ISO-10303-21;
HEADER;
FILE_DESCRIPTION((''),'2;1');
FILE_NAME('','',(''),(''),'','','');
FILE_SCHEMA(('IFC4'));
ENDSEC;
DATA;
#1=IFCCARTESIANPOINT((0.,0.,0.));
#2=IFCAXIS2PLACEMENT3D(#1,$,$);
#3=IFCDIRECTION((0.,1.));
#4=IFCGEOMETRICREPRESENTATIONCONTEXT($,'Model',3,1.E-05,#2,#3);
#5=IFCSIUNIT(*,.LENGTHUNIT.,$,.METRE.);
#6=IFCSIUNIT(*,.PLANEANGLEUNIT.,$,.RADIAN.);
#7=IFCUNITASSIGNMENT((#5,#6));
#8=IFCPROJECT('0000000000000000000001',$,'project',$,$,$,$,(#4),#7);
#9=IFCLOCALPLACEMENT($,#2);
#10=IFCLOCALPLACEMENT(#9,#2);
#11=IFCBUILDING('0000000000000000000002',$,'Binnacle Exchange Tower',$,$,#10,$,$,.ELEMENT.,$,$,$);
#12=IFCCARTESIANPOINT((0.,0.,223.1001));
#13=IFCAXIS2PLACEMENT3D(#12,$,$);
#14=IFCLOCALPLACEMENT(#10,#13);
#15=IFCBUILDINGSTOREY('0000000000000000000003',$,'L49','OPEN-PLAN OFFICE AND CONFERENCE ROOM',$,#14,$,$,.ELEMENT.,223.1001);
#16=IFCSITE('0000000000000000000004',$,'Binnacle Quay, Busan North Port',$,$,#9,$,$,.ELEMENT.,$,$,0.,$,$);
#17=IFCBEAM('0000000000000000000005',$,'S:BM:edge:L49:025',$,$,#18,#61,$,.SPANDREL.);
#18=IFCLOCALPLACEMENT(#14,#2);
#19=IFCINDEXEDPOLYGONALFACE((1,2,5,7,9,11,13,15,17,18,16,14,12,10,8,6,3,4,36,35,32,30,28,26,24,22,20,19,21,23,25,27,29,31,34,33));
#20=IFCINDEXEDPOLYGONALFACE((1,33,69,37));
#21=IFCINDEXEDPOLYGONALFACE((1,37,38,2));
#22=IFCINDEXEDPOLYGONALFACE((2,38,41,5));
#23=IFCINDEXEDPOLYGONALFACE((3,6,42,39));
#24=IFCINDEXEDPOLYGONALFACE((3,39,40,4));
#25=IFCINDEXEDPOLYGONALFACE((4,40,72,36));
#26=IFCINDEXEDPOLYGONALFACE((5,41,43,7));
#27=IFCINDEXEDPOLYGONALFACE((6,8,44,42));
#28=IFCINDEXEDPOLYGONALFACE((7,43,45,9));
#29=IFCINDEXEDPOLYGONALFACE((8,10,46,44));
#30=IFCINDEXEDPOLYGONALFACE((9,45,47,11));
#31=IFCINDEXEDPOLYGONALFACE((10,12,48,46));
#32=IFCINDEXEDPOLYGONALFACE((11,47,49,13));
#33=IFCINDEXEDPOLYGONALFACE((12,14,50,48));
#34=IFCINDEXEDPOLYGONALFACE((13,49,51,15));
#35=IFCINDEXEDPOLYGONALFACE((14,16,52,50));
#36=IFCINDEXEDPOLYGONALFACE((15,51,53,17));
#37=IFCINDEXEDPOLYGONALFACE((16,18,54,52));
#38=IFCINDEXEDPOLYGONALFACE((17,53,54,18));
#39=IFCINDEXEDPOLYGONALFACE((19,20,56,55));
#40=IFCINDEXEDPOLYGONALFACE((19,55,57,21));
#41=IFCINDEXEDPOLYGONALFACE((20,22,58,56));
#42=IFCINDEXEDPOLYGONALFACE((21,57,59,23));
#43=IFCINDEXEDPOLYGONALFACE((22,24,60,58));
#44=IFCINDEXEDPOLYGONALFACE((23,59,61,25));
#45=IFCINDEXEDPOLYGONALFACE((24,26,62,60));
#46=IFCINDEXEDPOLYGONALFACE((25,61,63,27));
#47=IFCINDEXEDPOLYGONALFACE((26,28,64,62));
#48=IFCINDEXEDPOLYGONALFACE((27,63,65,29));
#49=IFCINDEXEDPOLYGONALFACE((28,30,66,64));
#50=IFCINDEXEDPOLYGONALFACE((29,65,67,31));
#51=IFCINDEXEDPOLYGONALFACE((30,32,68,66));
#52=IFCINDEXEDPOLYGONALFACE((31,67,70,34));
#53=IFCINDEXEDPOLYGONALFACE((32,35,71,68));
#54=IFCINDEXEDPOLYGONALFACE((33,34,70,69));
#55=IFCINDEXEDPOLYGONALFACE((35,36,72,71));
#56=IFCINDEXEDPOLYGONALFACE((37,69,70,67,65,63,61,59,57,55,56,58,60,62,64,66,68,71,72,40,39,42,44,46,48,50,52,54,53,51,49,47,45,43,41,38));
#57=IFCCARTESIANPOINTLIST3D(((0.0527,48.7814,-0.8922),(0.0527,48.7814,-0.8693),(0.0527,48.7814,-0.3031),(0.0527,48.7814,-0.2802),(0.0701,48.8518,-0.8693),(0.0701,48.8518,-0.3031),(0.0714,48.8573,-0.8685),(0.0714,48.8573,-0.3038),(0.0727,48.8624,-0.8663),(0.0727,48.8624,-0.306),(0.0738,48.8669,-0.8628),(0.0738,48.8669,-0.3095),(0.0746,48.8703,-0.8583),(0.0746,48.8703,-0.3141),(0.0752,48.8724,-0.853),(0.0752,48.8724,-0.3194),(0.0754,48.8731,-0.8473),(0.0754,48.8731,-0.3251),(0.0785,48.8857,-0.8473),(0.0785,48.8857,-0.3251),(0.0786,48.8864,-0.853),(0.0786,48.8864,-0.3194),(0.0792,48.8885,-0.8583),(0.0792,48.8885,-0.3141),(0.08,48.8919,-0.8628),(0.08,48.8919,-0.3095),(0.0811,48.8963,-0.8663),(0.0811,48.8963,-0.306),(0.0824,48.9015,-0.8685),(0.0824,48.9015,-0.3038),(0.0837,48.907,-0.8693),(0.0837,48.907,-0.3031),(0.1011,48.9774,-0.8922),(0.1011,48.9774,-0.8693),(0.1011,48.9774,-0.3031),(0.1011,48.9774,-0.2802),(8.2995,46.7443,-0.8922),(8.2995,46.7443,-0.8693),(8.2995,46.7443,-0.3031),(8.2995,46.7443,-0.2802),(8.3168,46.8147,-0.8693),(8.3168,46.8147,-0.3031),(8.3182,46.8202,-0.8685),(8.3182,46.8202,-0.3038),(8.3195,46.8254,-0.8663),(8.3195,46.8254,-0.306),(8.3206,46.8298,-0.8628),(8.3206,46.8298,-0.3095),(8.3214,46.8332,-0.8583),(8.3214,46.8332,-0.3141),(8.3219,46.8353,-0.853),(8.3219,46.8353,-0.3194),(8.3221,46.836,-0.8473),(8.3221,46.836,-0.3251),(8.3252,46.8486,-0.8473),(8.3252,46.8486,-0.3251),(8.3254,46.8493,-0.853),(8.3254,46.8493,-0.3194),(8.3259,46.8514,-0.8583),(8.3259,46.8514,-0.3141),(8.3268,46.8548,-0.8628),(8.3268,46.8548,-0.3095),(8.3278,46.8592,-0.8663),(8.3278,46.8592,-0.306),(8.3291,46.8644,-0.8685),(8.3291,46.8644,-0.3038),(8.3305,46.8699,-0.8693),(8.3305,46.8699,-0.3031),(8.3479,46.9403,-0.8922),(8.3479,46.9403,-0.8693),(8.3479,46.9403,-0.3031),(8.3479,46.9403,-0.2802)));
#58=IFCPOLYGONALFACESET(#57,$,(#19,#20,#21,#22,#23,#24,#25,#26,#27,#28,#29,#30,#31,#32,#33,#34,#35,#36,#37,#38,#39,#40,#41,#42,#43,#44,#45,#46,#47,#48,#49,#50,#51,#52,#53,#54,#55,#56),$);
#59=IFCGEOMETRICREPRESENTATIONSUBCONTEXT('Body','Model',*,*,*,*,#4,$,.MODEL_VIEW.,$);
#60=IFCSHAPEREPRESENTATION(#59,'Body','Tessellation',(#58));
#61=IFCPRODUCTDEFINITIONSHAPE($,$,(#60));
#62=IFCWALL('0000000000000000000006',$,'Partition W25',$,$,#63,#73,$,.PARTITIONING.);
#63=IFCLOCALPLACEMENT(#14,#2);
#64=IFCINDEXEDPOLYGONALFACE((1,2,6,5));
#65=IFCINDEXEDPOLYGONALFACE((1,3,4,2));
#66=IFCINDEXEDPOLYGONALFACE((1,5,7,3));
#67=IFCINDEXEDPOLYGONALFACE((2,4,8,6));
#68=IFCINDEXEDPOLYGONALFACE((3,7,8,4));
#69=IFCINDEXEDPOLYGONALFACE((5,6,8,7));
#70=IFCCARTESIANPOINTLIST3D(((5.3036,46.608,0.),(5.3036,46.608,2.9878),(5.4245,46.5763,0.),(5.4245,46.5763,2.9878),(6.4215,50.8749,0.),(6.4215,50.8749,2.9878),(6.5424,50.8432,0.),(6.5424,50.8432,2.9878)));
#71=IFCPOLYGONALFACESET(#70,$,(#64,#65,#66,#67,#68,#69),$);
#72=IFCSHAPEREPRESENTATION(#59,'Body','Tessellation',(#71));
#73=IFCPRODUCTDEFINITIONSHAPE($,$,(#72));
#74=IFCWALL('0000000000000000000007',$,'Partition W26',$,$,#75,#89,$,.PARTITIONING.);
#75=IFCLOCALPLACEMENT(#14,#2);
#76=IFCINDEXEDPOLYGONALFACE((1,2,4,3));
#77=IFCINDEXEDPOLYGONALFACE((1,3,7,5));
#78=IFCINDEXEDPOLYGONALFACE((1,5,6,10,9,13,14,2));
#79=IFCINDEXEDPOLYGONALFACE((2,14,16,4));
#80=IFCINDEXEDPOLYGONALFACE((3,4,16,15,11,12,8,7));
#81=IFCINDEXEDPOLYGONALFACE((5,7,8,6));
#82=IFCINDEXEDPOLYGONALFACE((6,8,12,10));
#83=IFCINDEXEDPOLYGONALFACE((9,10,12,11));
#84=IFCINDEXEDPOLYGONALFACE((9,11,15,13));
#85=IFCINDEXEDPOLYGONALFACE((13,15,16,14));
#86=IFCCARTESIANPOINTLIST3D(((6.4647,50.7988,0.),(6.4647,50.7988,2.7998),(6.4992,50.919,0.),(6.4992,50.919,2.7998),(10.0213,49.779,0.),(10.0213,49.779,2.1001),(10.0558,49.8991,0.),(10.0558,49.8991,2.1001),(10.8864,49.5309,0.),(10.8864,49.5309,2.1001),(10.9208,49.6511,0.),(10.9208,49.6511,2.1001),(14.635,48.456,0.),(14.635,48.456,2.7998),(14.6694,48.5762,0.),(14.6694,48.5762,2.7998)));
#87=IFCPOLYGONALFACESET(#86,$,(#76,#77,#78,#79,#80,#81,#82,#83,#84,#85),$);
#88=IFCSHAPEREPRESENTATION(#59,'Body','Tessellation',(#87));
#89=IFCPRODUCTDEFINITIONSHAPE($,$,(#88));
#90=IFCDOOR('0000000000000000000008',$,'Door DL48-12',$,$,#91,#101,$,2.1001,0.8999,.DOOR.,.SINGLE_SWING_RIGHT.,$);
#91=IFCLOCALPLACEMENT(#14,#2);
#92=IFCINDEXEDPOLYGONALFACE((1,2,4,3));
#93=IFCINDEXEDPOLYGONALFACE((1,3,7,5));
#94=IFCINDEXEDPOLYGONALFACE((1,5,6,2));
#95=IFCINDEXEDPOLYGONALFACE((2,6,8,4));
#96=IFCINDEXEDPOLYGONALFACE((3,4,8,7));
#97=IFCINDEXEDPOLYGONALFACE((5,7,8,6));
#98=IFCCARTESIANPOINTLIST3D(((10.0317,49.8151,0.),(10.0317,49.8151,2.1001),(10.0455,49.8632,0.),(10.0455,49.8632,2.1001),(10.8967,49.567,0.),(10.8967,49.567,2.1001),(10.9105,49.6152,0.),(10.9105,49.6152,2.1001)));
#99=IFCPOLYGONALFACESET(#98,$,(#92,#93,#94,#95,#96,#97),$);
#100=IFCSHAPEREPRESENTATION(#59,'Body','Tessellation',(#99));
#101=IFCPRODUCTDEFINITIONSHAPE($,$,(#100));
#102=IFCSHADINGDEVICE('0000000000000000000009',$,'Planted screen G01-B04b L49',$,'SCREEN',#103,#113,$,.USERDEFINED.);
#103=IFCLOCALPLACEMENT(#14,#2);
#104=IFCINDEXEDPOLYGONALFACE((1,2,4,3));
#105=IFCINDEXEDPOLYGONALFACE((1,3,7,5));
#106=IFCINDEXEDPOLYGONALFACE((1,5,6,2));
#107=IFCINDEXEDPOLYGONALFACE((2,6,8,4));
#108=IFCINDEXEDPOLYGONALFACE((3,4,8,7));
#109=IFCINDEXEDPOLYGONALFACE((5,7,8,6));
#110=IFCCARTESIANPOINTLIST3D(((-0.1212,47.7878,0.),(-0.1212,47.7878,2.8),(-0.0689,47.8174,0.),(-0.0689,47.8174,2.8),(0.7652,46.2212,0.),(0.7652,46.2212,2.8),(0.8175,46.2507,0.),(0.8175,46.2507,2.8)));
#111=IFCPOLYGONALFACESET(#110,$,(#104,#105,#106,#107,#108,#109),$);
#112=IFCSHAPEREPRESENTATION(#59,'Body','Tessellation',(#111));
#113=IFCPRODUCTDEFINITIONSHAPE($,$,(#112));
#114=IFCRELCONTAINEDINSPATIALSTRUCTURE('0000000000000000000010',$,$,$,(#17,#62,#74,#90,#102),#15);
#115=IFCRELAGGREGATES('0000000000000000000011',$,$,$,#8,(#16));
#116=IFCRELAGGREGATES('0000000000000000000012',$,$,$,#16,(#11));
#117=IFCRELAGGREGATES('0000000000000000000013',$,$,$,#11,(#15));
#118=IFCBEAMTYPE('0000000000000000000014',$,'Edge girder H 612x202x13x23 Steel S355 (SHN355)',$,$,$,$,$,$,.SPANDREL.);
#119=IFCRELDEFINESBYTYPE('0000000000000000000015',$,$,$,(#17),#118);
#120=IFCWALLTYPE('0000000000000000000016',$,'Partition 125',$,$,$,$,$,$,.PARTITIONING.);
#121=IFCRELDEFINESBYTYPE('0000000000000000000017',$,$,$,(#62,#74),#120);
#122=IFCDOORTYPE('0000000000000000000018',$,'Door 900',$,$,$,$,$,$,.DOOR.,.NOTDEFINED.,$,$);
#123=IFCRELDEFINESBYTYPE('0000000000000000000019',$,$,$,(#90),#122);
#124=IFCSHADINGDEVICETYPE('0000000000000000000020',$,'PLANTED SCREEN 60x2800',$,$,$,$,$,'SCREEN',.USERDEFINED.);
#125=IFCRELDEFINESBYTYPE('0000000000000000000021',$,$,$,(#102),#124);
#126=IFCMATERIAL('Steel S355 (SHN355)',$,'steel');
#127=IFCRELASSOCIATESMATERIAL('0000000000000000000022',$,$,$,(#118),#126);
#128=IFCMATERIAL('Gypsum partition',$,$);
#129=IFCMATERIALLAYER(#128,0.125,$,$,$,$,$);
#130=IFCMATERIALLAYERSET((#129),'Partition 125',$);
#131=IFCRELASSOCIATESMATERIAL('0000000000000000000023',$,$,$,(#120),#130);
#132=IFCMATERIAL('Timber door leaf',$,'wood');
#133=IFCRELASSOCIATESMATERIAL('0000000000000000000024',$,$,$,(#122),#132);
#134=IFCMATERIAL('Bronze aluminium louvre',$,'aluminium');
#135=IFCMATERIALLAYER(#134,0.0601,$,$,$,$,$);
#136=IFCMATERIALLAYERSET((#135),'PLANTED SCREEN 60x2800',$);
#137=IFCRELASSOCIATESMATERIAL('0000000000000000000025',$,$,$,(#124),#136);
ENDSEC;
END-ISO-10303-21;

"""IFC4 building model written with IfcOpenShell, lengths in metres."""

from ifc_helpers import new_model, si_unit, direction, frame, frame_2d, origin, origin_2d, place, context, subcontext, project, spatial, rectangle, i_section, extrude, material, layer, layer_set, material_profile, profile_set, type_object, element, fill, save


model = new_model("IFC4")

# Units and contexts
model_context = context("Model", 3, precision=1e-05, world=origin(), true_north=direction((0.0, 1.0)))
body_context = subcontext(model_context, "Body", "Model", "MODEL_VIEW")
ifc_project = project(units=[si_unit("LENGTHUNIT", "METRE"), si_unit("PLANEANGLEUNIT", "RADIAN")], contexts=[model_context])

# Site, building, storey
site_placement = place(None, origin())
site = spatial("IfcSite", under=ifc_project, at=site_placement, Name="Binnacle Quay, Busan North Port", CompositionType="ELEMENT", RefElevation=0.0)
building_placement = place(site_placement, origin())
building = spatial("IfcBuilding", under=site, at=building_placement, Name="Binnacle Exchange Tower", CompositionType="ELEMENT")
storey_placement = place(building_placement, frame((0.0, 0.0, 223.1001)))
storey = spatial("IfcBuildingStorey", under=building, at=storey_placement, Name="L49", Description="OPEN-PLAN OFFICE AND CONFERENCE ROOM", CompositionType="ELEMENT", Elevation=223.1001)

# Beam
ifc_material_1 = material(Name="Steel S355 (SHN355)", Category="steel")
ifc_material_profile = material_profile(ifc_material_1, i_section(OverallWidth=0.2019, OverallDepth=0.6121, WebThickness=0.0129, FlangeThickness=0.0229, FilletRadius=0.022, at=origin_2d()), Name="H 612x202x13x23")
ifc_profile_set = profile_set([ifc_material_profile], Name="Steel S355 (SHN355)")
beam_type = type_object("IfcBeamType", Name="Edge girder H 612x202x13x23 Steel S355 (SHN355)", PredefinedType="SPANDREL", material=ifc_profile_set)
beam_placement = place(storey_placement, frame((0.0769, 48.8794, -0.5862), z_axis=(0.97082, -0.239809, 0.0), x_axis=(0.239809, 0.97082, 0.0)))
element("IfcBeam", 1, at=beam_placement, inside=storey, type_object=beam_type, Name="S:BM:edge:L49:025", PredefinedType="SPANDREL", context=body_context, shape_type="SweptSolid", body=[
    extrude(i_section(OverallWidth=0.2019, OverallDepth=0.6121, WebThickness=0.0129, FlangeThickness=0.0229, FilletRadius=0.022, at=origin_2d()), origin(), (0.0, 0.0, 1.0), 8.4946),
])

# Wall
ifc_material_2 = material(Name="Gypsum partition")
ifc_layer_1 = layer(ifc_material_2, 0.125)
ifc_layer_set_1 = layer_set([ifc_layer_1], Name="Partition 125")
wall_type = type_object("IfcWallType", Name="Partition 125", PredefinedType="PARTITIONING", material=ifc_layer_set_1)
wall_1_placement = place(storey_placement, frame((5.364, 46.592, 0.0), z_axis=(0.0, 0.0, 1.0), x_axis=(0.253447, 0.967349, 0.0)))
element("IfcWall", 2, at=wall_1_placement, inside=storey, type_object=wall_type, Name="Partition W25", PredefinedType="PARTITIONING", context=body_context, shape_type="SweptSolid", body=[
    extrude(rectangle(XDim=4.4109, YDim=0.125, at=frame_2d((2.2056, 0.0))), origin(), (0.0, 0.0, 1.0), 2.9878),
])

# Wall, opening, door
wall_2_placement = place(storey_placement, frame((6.4819, 50.8589, 0.0), z_axis=(0.0, 0.0, 1.0), x_axis=(0.961261, -0.275639, 0.0)))
wall_2 = element("IfcWall", 3, at=wall_2_placement, inside=storey, type_object=wall_type, Name="Partition W26", PredefinedType="PARTITIONING", context=body_context, shape_type="SweptSolid", body=[
    extrude(rectangle(XDim=8.4995, YDim=0.125, at=frame_2d((4.2498, 0.0))), origin(), (0.0, 0.0, 1.0), 2.7998),
])
opening_placement = place(wall_2_placement, frame((3.7, 0.0, 0.0)))
opening = element("IfcOpeningElement", 4, at=opening_placement, cuts=wall_2, PredefinedType="OPENING", context=body_context, shape_type="SweptSolid", body=[
    extrude(rectangle(XDim=0.8999, YDim=2.1001, at=frame_2d((0.45, 1.05))), frame((0.0, 0.0725, 0.0), z_axis=(0.0, -1.0, 0.0), x_axis=(1.0, 0.0, 0.0)), (0.0, 0.0, 1.0), 0.145),
])
ifc_material_3 = material(Name="Timber door leaf", Category="wood")
door_type = type_object("IfcDoorType", Name="Door 900", OperationType="NOTDEFINED", PredefinedType="DOOR", material=ifc_material_3)
door_placement = place(opening_placement, frame((0.8999, 0.0, 0.0), z_axis=(0.0, 0.0, 1.0), x_axis=(-1.0, 0.0, 0.0)))
door = element("IfcDoor", 5, at=door_placement, inside=storey, type_object=door_type, Name="Door DL48-12", OperationType="SINGLE_SWING_RIGHT", OverallHeight=2.1001, OverallWidth=0.8999, PredefinedType="DOOR", context=body_context, shape_type="SweptSolid", body=[
    extrude(rectangle(XDim=0.8999, YDim=2.1001, at=frame_2d((0.45, 1.05))), frame((0.0, 0.0249, 0.0), z_axis=(0.0, -1.0, 0.0), x_axis=(1.0, 0.0, 0.0)), (0.0, 0.0, 1.0), 0.05),
])
fill(opening, door)

# Shading device
ifc_material_4 = material(Name="Bronze aluminium louvre", Category="aluminium")
ifc_layer_2 = layer(ifc_material_4, 0.0601)
ifc_layer_set_2 = layer_set([ifc_layer_2], Name="PLANTED SCREEN 60x2800")
shading_device_type = type_object("IfcShadingDeviceType", Name="PLANTED SCREEN 60x2800", ElementType="SCREEN", PredefinedType="USERDEFINED", material=ifc_layer_set_2)
shading_device_placement = place(storey_placement, frame((0.3481, 47.0193, 0.0), z_axis=(0.0, 0.0, 1.0), x_axis=(0.870356, 0.492424, 0.0)))
element("IfcShadingDevice", 6, at=shading_device_placement, inside=storey, type_object=shading_device_type, Name="Planted screen G01-B04b L49", ObjectType="SCREEN", PredefinedType="USERDEFINED", context=body_context, shape_type="SweptSolid", body=[
    extrude(rectangle(XDim=0.0601, YDim=1.8, at=origin_2d()), origin(), (0.0, 0.0, 1.0), 2.8),
])

save(model, "model.ifc")
